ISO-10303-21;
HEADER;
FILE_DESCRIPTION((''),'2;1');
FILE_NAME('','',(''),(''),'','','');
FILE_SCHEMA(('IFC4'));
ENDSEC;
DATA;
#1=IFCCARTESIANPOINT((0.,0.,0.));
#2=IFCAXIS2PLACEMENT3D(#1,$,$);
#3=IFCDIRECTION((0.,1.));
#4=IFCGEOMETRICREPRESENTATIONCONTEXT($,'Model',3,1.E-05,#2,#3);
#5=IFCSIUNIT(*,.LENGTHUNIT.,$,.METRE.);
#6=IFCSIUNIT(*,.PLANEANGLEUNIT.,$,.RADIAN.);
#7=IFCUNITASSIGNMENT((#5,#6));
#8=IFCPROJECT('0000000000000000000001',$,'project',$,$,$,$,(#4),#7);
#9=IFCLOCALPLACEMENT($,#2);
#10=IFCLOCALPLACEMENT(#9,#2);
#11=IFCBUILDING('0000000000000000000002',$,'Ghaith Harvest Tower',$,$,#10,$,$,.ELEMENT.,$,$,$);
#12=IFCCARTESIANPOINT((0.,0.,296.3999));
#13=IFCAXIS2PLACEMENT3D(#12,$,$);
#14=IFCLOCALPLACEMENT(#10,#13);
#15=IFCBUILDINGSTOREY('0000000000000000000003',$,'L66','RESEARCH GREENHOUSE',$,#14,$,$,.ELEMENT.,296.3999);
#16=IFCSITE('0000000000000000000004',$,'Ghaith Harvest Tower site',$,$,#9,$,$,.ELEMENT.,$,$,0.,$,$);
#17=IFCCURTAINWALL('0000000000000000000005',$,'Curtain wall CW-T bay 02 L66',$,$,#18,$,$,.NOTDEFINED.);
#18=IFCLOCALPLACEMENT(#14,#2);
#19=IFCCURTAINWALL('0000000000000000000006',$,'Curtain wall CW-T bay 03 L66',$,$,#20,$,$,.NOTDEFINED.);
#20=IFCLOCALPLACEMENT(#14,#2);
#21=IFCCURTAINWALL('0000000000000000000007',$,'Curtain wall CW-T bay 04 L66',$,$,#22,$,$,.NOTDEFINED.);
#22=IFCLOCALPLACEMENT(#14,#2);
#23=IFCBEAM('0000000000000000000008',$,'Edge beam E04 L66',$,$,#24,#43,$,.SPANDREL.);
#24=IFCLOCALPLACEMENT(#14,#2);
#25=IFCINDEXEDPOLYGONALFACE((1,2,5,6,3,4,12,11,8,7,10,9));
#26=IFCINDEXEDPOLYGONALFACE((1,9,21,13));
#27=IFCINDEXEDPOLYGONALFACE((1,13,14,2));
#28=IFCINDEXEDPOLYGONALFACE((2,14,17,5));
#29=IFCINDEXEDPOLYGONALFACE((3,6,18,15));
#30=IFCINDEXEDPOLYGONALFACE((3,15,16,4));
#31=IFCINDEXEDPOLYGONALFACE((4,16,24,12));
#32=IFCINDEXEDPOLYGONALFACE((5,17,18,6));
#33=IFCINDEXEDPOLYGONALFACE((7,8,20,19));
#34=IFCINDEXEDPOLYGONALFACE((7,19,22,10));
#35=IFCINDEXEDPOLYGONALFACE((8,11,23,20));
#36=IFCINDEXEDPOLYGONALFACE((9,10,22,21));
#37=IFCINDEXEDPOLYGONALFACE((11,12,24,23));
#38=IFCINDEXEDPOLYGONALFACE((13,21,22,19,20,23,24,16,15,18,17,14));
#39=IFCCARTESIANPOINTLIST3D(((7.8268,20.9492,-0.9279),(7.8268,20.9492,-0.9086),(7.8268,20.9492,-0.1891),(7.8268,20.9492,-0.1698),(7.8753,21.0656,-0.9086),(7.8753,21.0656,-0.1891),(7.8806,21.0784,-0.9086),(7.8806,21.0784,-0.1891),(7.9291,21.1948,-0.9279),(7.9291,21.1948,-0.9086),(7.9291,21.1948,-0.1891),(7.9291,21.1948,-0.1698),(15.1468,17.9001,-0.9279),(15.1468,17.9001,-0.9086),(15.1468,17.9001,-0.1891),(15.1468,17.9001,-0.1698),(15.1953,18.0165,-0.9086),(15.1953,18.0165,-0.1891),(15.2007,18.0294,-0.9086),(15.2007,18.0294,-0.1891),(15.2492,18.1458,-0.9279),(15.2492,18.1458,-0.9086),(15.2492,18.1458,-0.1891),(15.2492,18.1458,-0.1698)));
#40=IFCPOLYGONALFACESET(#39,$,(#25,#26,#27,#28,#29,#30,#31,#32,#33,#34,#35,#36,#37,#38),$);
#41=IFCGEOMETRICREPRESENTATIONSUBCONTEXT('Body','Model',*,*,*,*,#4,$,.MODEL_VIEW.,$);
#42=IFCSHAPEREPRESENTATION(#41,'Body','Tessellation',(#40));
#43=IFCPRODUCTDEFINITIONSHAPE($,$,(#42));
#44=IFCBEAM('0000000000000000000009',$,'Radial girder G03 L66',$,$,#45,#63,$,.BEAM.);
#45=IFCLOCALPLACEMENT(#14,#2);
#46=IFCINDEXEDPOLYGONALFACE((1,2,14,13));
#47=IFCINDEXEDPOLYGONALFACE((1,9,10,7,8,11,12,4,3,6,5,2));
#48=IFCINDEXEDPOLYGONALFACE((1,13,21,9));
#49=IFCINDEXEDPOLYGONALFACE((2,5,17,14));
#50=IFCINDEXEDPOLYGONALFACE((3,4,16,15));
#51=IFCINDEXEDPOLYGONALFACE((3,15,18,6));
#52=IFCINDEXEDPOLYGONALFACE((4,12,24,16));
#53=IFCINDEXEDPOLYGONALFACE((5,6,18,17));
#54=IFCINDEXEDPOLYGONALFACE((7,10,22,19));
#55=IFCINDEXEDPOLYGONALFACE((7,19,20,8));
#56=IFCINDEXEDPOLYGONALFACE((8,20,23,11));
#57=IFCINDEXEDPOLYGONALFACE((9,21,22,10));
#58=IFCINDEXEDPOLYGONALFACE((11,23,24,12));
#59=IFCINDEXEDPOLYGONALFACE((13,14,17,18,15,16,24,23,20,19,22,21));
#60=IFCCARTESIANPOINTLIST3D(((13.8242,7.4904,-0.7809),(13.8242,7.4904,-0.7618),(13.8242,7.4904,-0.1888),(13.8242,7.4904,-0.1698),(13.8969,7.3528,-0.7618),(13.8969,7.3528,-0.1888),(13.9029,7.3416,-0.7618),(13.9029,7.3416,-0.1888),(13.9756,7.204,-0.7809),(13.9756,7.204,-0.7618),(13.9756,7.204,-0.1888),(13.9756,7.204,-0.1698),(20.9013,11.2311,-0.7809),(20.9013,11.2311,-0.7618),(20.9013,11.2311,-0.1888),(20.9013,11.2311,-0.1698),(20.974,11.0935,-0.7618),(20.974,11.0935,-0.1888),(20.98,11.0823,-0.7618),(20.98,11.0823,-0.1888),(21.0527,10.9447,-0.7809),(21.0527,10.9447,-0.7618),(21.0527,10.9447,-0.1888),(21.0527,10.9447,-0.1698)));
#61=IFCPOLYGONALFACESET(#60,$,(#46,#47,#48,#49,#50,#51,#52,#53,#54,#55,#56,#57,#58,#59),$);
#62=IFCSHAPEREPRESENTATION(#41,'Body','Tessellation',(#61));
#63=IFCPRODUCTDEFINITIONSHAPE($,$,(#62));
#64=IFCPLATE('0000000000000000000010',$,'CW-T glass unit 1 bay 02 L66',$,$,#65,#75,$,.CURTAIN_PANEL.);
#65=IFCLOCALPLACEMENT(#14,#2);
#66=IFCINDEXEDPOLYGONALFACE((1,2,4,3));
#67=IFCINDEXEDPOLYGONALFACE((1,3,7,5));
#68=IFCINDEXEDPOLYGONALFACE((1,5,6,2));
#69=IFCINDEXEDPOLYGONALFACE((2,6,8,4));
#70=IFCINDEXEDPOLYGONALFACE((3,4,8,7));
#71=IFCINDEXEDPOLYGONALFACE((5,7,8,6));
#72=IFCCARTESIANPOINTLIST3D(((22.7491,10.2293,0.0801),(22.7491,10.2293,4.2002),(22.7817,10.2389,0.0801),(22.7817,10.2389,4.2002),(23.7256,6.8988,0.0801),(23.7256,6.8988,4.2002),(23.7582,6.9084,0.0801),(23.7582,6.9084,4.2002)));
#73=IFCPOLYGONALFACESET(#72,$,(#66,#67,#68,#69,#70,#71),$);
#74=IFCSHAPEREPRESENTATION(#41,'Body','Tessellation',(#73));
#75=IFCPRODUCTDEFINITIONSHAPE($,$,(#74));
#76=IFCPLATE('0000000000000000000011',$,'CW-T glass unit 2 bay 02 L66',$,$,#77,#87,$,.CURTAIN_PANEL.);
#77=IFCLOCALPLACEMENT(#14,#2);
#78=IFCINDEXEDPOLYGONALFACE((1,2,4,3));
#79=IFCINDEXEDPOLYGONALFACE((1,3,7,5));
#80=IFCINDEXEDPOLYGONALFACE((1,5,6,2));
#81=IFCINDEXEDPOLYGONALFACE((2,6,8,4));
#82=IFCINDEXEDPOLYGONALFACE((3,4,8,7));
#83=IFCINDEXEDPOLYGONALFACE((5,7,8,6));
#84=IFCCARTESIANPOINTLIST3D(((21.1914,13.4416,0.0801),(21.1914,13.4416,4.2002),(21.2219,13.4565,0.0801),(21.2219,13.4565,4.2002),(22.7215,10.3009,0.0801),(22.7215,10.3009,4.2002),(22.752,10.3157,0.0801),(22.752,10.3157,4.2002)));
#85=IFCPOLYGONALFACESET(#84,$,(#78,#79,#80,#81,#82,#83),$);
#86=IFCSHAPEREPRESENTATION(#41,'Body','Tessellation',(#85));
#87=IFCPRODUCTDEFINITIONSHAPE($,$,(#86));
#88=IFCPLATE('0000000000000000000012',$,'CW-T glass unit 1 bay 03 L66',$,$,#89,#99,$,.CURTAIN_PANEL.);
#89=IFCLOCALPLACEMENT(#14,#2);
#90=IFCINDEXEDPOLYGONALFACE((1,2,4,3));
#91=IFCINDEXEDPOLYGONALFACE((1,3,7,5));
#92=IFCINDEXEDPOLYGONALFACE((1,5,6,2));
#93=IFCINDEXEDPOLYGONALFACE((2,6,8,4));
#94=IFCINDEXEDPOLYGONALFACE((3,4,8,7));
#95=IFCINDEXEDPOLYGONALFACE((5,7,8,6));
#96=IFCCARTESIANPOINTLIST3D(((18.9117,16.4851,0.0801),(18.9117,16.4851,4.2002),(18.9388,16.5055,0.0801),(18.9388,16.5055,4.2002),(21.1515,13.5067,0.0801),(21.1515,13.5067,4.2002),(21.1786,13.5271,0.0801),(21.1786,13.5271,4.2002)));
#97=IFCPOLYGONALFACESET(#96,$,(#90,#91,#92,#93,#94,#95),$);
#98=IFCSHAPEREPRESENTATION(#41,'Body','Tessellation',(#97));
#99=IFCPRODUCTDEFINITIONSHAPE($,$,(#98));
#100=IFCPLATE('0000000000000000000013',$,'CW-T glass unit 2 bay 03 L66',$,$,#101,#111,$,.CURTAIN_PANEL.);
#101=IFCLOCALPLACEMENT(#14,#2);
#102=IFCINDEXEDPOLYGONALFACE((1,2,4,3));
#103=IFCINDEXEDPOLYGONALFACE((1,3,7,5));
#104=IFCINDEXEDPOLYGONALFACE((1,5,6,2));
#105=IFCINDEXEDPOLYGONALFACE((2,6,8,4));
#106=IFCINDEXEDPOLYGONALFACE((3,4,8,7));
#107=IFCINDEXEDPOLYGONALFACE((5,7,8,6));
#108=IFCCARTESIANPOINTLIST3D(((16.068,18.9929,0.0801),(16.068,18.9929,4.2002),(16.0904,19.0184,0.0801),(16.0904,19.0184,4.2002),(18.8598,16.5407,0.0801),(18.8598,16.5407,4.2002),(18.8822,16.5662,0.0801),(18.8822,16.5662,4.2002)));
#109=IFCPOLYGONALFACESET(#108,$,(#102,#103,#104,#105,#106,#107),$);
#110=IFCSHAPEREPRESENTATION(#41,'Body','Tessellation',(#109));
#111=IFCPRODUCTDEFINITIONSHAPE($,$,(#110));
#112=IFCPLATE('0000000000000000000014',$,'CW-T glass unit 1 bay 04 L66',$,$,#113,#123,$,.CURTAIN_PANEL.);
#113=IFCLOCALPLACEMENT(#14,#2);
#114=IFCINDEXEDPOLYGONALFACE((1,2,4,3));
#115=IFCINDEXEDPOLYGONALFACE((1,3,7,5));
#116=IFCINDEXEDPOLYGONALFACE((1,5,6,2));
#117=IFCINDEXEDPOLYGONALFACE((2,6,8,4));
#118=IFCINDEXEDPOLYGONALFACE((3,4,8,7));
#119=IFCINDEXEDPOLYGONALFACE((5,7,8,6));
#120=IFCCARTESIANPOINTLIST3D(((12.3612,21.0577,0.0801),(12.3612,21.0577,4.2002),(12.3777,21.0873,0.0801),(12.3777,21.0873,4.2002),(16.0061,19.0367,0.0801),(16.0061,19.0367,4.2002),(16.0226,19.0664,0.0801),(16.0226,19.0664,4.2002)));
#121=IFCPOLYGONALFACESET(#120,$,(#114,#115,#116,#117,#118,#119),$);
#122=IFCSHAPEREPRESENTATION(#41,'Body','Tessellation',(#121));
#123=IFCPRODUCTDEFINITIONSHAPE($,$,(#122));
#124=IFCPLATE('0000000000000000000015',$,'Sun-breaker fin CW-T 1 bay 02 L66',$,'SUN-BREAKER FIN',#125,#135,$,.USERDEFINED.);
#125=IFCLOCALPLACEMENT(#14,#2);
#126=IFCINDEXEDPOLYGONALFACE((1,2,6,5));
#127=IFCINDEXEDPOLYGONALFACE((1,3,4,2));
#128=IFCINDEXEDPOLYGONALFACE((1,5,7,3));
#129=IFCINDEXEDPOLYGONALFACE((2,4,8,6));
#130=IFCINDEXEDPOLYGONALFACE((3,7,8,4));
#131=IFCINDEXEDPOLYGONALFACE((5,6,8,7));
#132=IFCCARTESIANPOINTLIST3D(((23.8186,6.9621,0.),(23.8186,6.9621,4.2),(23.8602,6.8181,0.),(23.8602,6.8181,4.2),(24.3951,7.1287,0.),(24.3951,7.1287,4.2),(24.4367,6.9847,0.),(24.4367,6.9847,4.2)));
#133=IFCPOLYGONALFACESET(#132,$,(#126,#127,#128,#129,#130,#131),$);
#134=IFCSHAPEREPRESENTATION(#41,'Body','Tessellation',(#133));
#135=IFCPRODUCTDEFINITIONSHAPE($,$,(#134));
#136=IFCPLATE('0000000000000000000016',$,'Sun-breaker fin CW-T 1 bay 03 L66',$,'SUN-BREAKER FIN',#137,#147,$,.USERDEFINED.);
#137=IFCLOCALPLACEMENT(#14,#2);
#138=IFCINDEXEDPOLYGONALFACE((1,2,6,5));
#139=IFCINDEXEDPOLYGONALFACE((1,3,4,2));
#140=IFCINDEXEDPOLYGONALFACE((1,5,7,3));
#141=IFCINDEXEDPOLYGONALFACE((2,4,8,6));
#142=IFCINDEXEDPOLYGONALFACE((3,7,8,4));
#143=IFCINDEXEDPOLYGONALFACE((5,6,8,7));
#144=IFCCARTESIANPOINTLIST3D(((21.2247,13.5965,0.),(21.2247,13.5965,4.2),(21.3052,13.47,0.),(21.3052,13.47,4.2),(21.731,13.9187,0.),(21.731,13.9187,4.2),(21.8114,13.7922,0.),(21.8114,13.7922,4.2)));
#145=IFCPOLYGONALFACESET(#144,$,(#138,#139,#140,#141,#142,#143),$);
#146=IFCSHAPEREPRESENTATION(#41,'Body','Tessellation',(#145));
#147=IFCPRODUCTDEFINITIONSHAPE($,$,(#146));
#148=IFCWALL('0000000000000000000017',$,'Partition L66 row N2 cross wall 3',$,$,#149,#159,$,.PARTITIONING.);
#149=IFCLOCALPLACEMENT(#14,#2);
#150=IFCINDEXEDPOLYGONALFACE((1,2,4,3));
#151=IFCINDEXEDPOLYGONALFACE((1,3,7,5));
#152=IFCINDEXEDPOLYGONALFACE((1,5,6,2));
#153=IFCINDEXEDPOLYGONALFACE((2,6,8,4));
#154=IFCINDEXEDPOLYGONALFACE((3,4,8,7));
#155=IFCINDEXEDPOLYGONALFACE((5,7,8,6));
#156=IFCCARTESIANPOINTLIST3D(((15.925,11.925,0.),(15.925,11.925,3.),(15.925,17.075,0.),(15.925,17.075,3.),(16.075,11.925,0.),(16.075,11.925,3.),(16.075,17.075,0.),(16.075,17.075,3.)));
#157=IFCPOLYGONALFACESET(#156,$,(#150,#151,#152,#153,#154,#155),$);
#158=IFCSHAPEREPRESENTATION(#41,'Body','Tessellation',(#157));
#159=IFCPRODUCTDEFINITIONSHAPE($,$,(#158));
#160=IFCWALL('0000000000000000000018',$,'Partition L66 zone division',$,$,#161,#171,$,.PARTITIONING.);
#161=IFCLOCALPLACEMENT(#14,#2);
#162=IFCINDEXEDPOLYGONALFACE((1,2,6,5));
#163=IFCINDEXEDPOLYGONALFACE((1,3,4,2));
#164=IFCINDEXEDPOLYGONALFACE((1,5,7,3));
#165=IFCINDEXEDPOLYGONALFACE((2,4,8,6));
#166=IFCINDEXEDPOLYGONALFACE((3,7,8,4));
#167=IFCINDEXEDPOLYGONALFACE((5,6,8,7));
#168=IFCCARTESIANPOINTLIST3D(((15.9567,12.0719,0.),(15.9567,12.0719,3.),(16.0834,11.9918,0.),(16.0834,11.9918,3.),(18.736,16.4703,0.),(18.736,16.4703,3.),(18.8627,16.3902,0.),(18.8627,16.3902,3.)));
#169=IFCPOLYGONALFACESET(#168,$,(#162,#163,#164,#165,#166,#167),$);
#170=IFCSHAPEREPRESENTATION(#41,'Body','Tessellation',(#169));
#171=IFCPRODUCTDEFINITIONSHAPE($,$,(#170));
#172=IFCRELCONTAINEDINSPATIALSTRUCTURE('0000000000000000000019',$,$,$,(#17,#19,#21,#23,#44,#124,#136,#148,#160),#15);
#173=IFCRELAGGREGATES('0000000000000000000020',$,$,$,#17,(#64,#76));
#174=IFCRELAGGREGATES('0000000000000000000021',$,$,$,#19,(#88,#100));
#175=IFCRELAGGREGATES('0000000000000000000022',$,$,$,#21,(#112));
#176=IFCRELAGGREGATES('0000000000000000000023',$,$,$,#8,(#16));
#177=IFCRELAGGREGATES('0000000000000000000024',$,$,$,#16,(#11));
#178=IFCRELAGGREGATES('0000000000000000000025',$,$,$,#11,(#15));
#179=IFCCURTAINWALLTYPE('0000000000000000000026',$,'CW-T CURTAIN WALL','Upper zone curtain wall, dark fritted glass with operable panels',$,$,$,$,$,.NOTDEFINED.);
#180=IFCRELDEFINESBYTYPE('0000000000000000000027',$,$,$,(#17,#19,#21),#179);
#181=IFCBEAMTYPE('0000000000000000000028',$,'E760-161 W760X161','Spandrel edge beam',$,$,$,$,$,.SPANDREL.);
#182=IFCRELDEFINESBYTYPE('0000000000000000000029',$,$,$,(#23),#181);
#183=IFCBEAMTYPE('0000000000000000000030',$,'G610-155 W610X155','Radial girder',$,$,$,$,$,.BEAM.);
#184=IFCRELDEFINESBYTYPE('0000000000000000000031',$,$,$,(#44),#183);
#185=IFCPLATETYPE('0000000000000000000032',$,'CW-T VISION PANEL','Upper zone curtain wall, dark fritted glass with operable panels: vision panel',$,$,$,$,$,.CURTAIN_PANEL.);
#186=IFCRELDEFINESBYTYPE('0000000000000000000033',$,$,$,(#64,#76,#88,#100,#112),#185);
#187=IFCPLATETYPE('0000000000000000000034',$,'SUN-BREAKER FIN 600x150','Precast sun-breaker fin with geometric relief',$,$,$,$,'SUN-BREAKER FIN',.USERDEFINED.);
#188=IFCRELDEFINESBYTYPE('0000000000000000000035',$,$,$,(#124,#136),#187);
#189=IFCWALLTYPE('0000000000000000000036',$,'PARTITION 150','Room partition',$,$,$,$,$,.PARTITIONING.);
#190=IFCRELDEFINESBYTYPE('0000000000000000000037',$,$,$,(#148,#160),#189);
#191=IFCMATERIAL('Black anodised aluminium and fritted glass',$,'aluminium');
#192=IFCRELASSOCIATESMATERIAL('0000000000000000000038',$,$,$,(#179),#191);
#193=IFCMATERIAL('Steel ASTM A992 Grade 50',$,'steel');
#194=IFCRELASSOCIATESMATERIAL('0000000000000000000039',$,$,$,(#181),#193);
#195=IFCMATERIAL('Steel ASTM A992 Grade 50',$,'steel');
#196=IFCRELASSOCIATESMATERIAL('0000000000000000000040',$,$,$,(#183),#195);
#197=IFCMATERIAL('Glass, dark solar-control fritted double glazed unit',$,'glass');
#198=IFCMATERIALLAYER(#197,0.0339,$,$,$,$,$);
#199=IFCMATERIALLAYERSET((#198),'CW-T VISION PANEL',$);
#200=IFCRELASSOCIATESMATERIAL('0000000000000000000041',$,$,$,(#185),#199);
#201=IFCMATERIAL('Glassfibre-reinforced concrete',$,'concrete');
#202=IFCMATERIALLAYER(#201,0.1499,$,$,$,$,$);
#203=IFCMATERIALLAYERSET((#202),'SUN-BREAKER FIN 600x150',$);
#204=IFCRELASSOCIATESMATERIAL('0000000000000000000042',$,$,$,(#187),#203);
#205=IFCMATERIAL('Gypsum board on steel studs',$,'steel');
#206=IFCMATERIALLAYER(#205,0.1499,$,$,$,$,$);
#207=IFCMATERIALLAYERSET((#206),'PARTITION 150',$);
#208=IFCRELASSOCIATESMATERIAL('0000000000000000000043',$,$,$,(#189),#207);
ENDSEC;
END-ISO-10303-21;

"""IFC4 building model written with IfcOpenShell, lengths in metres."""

from ifc_helpers import new_model, si_unit, direction, frame, frame_2d, origin, origin_2d, place, context, subcontext, project, spatial, rectangle, i_section, extrude, material, layer, layer_set, material_profile, profile_set, type_object, element, aggregate, save


model = new_model("IFC4")

# Units and contexts
model_context = context("Model", 3, precision=1e-05, world=origin(), true_north=direction((0.0, 1.0)))
body_context = subcontext(model_context, "Body", "Model", "MODEL_VIEW")
ifc_project = project(units=[si_unit("LENGTHUNIT", "METRE"), si_unit("PLANEANGLEUNIT", "RADIAN")], contexts=[model_context])

# Site, building, storey
site_placement = place(None, origin())
site = spatial("IfcSite", under=ifc_project, at=site_placement, Name="Ghaith Harvest Tower site", CompositionType="ELEMENT", RefElevation=0.0)
building_placement = place(site_placement, origin())
building = spatial("IfcBuilding", under=site, at=building_placement, Name="Ghaith Harvest Tower", CompositionType="ELEMENT")
storey_placement = place(building_placement, frame((0.0, 0.0, 296.3999)))
storey = spatial("IfcBuildingStorey", under=building, at=storey_placement, Name="L66", Description="RESEARCH GREENHOUSE", CompositionType="ELEMENT", Elevation=296.3999)

# Curtain walls
ifc_material_1 = material(Name="Black anodised aluminium and fritted glass", Category="aluminium")
curtain_wall_type = type_object("IfcCurtainWallType", Name="CW-T CURTAIN WALL", Description="Upper zone curtain wall, dark fritted glass with operable panels", PredefinedType="NOTDEFINED", material=ifc_material_1)
curtain_wall_1_placement = place(storey_placement, origin())
curtain_wall_1 = element("IfcCurtainWall", 1, at=curtain_wall_1_placement, inside=storey, type_object=curtain_wall_type, Name="Curtain wall CW-T bay 02 L66", PredefinedType="NOTDEFINED")
curtain_wall_2_placement = place(storey_placement, origin())
curtain_wall_2 = element("IfcCurtainWall", 2, at=curtain_wall_2_placement, inside=storey, type_object=curtain_wall_type, Name="Curtain wall CW-T bay 03 L66", PredefinedType="NOTDEFINED")

# Curtain wall
curtain_wall_3_placement = place(storey_placement, origin())
curtain_wall_3 = element("IfcCurtainWall", 3, at=curtain_wall_3_placement, inside=storey, type_object=curtain_wall_type, Name="Curtain wall CW-T bay 04 L66", PredefinedType="NOTDEFINED")

# Beams
ifc_material_2 = material(Name="Steel ASTM A992 Grade 50", Category="steel")
ifc_material_profile_1 = material_profile(ifc_material_2, i_section(OverallWidth=0.2661, OverallDepth=0.7581, WebThickness=0.0139, FlangeThickness=0.0193, at=origin_2d()), Name="W760X161")
ifc_profile_set_1 = profile_set([ifc_material_profile_1], Name="Steel ASTM A992 Grade 50")
beam_type_1 = type_object("IfcBeamType", Name="E760-161 W760X161", Description="Spandrel edge beam", PredefinedType="SPANDREL", material=ifc_profile_set_1)
beam_1_placement = place(storey_placement, frame((15.198, 18.0229, -0.5488), z_axis=(-0.92312, 0.384513, 0.0), x_axis=(-0.384513, -0.92312, 0.0)))
element("IfcBeam", 4, at=beam_1_placement, inside=storey, type_object=beam_type_1, Name="Edge beam E04 L66", PredefinedType="SPANDREL", context=body_context, shape_type="SweptSolid", body=[
    extrude(i_section(OverallWidth=0.2661, OverallDepth=0.7581, WebThickness=0.0139, FlangeThickness=0.0193, at=origin_2d()), origin(), (0.0, 0.0, 1.0), 7.9297),
])
ifc_material_3 = material(Name="Steel ASTM A992 Grade 50", Category="steel")
ifc_material_profile_2 = material_profile(ifc_material_3, i_section(OverallWidth=0.324, OverallDepth=0.6111, WebThickness=0.0127, FlangeThickness=0.019, at=origin_2d()), Name="W610X155")
ifc_profile_set_2 = profile_set([ifc_material_profile_2], Name="Steel ASTM A992 Grade 50")
beam_type_2 = type_object("IfcBeamType", Name="G610-155 W610X155", Description="Radial girder", PredefinedType="BEAM", material=ifc_profile_set_2)
beam_2_placement = place(storey_placement, frame((13.8999, 7.3472, -0.4753), z_axis=(0.884098, 0.467302, 0.0), x_axis=(-0.467302, 0.884098, 0.0)))
element("IfcBeam", 5, at=beam_2_placement, inside=storey, type_object=beam_type_2, Name="Radial girder G03 L66", PredefinedType="BEAM", context=body_context, shape_type="SweptSolid", body=[
    extrude(i_section(OverallWidth=0.324, OverallDepth=0.6111, WebThickness=0.0127, FlangeThickness=0.019, at=origin_2d()), origin(), (0.0, 0.0, 1.0), 8.0049),
])

# Plates
ifc_material_4 = material(Name="Glass, dark solar-control fritted double glazed unit", Category="glass")
ifc_layer_1 = layer(ifc_material_4, 0.0339)
ifc_layer_set_1 = layer_set([ifc_layer_1], Name="CW-T VISION PANEL")
plate_type_1 = type_object("IfcPlateType", Name="CW-T VISION PANEL", Description="Upper zone curtain wall, dark fritted glass with operable panels: vision panel", PredefinedType="CURTAIN_PANEL", material=ifc_layer_set_1)
plate_1_placement = place(storey_placement, frame((23.2537, 8.5688, 0.0801), z_axis=(0.0, 0.0, 1.0), x_axis=(-0.281345, 0.959607, 0.0)))
plate_1 = element("IfcPlate", 6, at=plate_1_placement, type_object=plate_type_1, Name="CW-T glass unit 1 bay 02 L66", PredefinedType="CURTAIN_PANEL", context=body_context, shape_type="SweptSolid", body=[
    extrude(rectangle(XDim=3.4707, YDim=0.0339, at=origin_2d()), origin(), (0.0, 0.0, 1.0), 4.1201),
])
plate_2_placement = place(storey_placement, frame((21.9717, 11.8787, 0.0801), z_axis=(0.0, 0.0, 1.0), x_axis=(-0.437968, 0.89899, 0.0)))
plate_2 = element("IfcPlate", 7, at=plate_2_placement, type_object=plate_type_1, Name="CW-T glass unit 2 bay 02 L66", PredefinedType="CURTAIN_PANEL", context=body_context, shape_type="SweptSolid", body=[
    extrude(rectangle(XDim=3.4937, YDim=0.0339, at=origin_2d()), origin(), (0.0, 0.0, 1.0), 4.1201),
])
aggregate(curtain_wall_1, [plate_1, plate_2])
plate_3_placement = place(storey_placement, frame((20.0452, 15.0061, 0.0801), z_axis=(0.0, 0.0, 1.0), x_axis=(-0.601048, 0.799213, 0.0)))
plate_3 = element("IfcPlate", 8, at=plate_3_placement, type_object=plate_type_1, Name="CW-T glass unit 1 bay 03 L66", PredefinedType="CURTAIN_PANEL", context=body_context, shape_type="SweptSolid", body=[
    extrude(rectangle(XDim=3.7266, YDim=0.0339, at=origin_2d()), origin(), (0.0, 0.0, 1.0), 4.1201),
])
plate_4_placement = place(storey_placement, frame((17.4751, 17.7795, 0.0801), z_axis=(0.0, 0.0, 1.0), x_axis=(-0.751335, 0.659922, 0.0)))
plate_4 = element("IfcPlate", 9, at=plate_4_placement, type_object=plate_type_1, Name="CW-T glass unit 2 bay 03 L66", PredefinedType="CURTAIN_PANEL", context=body_context, shape_type="SweptSolid", body=[
    extrude(rectangle(XDim=3.7158, YDim=0.0339, at=origin_2d()), origin(), (0.0, 0.0, 1.0), 4.1201),
])
aggregate(curtain_wall_2, [plate_3, plate_4])
plate_5_placement = place(storey_placement, frame((14.1919, 20.062, 0.0801), z_axis=(0.0, 0.0, 1.0), x_axis=(-0.874564, 0.48491, 0.0)))
plate_5 = element("IfcPlate", 10, at=plate_5_placement, type_object=plate_type_1, Name="CW-T glass unit 1 bay 04 L66", PredefinedType="CURTAIN_PANEL", context=body_context, shape_type="SweptSolid", body=[
    extrude(rectangle(XDim=4.1677, YDim=0.0339, at=origin_2d()), origin(), (0.0, 0.0, 1.0), 4.1201),
])
aggregate(curtain_wall_3, [plate_5])

# Plates
ifc_material_5 = material(Name="Glassfibre-reinforced concrete", Category="concrete")
ifc_layer_2 = layer(ifc_material_5, 0.1499)
ifc_layer_set_2 = layer_set([ifc_layer_2], Name="SUN-BREAKER FIN 600x150")
plate_type_2 = type_object("IfcPlateType", Name="SUN-BREAKER FIN 600x150", Description="Precast sun-breaker fin with geometric relief", ElementType="SUN-BREAKER FIN", PredefinedType="USERDEFINED", material=ifc_layer_set_2)
for number, where, z_axis, x_axis, name in (
    (11, (24.1277, 6.9734, 0.0), (0.0, 0.0, 1.0), (0.96068, 0.277657, 0.0), "Sun-breaker fin CW-T 1 bay 02 L66"),
    (12, (21.5181, 13.6943, 0.0), (0.0, 0.0, 1.0), (0.843644, 0.536903, 0.0), "Sun-breaker fin CW-T 1 bay 03 L66"),
):
    element("IfcPlate", number, at=place(storey_placement, frame(where, z_axis=z_axis, x_axis=x_axis)), inside=storey, type_object=plate_type_2, Name=name, ObjectType="SUN-BREAKER FIN", PredefinedType="USERDEFINED", context=body_context, shape_type="SweptSolid", body=[
        extrude(rectangle(XDim=0.6001, YDim=0.1499, at=origin_2d()), origin(), (0.0, 0.0, 1.0), 4.2),
    ])

# Walls
ifc_material_6 = material(Name="Gypsum board on steel studs", Category="steel")
ifc_layer_3 = layer(ifc_material_6, 0.1499)
ifc_layer_set_3 = layer_set([ifc_layer_3], Name="PARTITION 150")
wall_type_1 = type_object("IfcWallType", Name="PARTITION 150", Description="Room partition", PredefinedType="PARTITIONING", material=ifc_layer_set_3)
wall_1_placement = place(storey_placement, frame((16.0, 11.925, 0.0), z_axis=(0.0, 0.0, 1.0), x_axis=(0.0, 1.0, 0.0)))
element("IfcWall", 13, at=wall_1_placement, inside=storey, type_object=wall_type_1, Name="Partition L66 row N2 cross wall 3", PredefinedType="PARTITIONING", context=body_context, shape_type="SweptSolid", body=[
    extrude(rectangle(XDim=5.1499, YDim=0.1499, at=frame_2d((2.575, 0.0))), origin(), (0.0, 0.0, 1.0), 3.0),
])
wall_2_placement = place(storey_placement, frame((16.02, 12.0317, 0.0), z_axis=(0.0, 0.0, 1.0), x_axis=(0.534177, 0.845373, 0.0)))
element("IfcWall", 14, at=wall_2_placement, inside=storey, type_object=wall_type_1, Name="Partition L66 zone division", PredefinedType="PARTITIONING", context=body_context, shape_type="SweptSolid", body=[
    extrude(rectangle(XDim=5.2029, YDim=0.1499, at=frame_2d((2.6016, 0.0))), origin(), (0.0, 0.0, 1.0), 3.0),
])

save(model, "model.ifc")
